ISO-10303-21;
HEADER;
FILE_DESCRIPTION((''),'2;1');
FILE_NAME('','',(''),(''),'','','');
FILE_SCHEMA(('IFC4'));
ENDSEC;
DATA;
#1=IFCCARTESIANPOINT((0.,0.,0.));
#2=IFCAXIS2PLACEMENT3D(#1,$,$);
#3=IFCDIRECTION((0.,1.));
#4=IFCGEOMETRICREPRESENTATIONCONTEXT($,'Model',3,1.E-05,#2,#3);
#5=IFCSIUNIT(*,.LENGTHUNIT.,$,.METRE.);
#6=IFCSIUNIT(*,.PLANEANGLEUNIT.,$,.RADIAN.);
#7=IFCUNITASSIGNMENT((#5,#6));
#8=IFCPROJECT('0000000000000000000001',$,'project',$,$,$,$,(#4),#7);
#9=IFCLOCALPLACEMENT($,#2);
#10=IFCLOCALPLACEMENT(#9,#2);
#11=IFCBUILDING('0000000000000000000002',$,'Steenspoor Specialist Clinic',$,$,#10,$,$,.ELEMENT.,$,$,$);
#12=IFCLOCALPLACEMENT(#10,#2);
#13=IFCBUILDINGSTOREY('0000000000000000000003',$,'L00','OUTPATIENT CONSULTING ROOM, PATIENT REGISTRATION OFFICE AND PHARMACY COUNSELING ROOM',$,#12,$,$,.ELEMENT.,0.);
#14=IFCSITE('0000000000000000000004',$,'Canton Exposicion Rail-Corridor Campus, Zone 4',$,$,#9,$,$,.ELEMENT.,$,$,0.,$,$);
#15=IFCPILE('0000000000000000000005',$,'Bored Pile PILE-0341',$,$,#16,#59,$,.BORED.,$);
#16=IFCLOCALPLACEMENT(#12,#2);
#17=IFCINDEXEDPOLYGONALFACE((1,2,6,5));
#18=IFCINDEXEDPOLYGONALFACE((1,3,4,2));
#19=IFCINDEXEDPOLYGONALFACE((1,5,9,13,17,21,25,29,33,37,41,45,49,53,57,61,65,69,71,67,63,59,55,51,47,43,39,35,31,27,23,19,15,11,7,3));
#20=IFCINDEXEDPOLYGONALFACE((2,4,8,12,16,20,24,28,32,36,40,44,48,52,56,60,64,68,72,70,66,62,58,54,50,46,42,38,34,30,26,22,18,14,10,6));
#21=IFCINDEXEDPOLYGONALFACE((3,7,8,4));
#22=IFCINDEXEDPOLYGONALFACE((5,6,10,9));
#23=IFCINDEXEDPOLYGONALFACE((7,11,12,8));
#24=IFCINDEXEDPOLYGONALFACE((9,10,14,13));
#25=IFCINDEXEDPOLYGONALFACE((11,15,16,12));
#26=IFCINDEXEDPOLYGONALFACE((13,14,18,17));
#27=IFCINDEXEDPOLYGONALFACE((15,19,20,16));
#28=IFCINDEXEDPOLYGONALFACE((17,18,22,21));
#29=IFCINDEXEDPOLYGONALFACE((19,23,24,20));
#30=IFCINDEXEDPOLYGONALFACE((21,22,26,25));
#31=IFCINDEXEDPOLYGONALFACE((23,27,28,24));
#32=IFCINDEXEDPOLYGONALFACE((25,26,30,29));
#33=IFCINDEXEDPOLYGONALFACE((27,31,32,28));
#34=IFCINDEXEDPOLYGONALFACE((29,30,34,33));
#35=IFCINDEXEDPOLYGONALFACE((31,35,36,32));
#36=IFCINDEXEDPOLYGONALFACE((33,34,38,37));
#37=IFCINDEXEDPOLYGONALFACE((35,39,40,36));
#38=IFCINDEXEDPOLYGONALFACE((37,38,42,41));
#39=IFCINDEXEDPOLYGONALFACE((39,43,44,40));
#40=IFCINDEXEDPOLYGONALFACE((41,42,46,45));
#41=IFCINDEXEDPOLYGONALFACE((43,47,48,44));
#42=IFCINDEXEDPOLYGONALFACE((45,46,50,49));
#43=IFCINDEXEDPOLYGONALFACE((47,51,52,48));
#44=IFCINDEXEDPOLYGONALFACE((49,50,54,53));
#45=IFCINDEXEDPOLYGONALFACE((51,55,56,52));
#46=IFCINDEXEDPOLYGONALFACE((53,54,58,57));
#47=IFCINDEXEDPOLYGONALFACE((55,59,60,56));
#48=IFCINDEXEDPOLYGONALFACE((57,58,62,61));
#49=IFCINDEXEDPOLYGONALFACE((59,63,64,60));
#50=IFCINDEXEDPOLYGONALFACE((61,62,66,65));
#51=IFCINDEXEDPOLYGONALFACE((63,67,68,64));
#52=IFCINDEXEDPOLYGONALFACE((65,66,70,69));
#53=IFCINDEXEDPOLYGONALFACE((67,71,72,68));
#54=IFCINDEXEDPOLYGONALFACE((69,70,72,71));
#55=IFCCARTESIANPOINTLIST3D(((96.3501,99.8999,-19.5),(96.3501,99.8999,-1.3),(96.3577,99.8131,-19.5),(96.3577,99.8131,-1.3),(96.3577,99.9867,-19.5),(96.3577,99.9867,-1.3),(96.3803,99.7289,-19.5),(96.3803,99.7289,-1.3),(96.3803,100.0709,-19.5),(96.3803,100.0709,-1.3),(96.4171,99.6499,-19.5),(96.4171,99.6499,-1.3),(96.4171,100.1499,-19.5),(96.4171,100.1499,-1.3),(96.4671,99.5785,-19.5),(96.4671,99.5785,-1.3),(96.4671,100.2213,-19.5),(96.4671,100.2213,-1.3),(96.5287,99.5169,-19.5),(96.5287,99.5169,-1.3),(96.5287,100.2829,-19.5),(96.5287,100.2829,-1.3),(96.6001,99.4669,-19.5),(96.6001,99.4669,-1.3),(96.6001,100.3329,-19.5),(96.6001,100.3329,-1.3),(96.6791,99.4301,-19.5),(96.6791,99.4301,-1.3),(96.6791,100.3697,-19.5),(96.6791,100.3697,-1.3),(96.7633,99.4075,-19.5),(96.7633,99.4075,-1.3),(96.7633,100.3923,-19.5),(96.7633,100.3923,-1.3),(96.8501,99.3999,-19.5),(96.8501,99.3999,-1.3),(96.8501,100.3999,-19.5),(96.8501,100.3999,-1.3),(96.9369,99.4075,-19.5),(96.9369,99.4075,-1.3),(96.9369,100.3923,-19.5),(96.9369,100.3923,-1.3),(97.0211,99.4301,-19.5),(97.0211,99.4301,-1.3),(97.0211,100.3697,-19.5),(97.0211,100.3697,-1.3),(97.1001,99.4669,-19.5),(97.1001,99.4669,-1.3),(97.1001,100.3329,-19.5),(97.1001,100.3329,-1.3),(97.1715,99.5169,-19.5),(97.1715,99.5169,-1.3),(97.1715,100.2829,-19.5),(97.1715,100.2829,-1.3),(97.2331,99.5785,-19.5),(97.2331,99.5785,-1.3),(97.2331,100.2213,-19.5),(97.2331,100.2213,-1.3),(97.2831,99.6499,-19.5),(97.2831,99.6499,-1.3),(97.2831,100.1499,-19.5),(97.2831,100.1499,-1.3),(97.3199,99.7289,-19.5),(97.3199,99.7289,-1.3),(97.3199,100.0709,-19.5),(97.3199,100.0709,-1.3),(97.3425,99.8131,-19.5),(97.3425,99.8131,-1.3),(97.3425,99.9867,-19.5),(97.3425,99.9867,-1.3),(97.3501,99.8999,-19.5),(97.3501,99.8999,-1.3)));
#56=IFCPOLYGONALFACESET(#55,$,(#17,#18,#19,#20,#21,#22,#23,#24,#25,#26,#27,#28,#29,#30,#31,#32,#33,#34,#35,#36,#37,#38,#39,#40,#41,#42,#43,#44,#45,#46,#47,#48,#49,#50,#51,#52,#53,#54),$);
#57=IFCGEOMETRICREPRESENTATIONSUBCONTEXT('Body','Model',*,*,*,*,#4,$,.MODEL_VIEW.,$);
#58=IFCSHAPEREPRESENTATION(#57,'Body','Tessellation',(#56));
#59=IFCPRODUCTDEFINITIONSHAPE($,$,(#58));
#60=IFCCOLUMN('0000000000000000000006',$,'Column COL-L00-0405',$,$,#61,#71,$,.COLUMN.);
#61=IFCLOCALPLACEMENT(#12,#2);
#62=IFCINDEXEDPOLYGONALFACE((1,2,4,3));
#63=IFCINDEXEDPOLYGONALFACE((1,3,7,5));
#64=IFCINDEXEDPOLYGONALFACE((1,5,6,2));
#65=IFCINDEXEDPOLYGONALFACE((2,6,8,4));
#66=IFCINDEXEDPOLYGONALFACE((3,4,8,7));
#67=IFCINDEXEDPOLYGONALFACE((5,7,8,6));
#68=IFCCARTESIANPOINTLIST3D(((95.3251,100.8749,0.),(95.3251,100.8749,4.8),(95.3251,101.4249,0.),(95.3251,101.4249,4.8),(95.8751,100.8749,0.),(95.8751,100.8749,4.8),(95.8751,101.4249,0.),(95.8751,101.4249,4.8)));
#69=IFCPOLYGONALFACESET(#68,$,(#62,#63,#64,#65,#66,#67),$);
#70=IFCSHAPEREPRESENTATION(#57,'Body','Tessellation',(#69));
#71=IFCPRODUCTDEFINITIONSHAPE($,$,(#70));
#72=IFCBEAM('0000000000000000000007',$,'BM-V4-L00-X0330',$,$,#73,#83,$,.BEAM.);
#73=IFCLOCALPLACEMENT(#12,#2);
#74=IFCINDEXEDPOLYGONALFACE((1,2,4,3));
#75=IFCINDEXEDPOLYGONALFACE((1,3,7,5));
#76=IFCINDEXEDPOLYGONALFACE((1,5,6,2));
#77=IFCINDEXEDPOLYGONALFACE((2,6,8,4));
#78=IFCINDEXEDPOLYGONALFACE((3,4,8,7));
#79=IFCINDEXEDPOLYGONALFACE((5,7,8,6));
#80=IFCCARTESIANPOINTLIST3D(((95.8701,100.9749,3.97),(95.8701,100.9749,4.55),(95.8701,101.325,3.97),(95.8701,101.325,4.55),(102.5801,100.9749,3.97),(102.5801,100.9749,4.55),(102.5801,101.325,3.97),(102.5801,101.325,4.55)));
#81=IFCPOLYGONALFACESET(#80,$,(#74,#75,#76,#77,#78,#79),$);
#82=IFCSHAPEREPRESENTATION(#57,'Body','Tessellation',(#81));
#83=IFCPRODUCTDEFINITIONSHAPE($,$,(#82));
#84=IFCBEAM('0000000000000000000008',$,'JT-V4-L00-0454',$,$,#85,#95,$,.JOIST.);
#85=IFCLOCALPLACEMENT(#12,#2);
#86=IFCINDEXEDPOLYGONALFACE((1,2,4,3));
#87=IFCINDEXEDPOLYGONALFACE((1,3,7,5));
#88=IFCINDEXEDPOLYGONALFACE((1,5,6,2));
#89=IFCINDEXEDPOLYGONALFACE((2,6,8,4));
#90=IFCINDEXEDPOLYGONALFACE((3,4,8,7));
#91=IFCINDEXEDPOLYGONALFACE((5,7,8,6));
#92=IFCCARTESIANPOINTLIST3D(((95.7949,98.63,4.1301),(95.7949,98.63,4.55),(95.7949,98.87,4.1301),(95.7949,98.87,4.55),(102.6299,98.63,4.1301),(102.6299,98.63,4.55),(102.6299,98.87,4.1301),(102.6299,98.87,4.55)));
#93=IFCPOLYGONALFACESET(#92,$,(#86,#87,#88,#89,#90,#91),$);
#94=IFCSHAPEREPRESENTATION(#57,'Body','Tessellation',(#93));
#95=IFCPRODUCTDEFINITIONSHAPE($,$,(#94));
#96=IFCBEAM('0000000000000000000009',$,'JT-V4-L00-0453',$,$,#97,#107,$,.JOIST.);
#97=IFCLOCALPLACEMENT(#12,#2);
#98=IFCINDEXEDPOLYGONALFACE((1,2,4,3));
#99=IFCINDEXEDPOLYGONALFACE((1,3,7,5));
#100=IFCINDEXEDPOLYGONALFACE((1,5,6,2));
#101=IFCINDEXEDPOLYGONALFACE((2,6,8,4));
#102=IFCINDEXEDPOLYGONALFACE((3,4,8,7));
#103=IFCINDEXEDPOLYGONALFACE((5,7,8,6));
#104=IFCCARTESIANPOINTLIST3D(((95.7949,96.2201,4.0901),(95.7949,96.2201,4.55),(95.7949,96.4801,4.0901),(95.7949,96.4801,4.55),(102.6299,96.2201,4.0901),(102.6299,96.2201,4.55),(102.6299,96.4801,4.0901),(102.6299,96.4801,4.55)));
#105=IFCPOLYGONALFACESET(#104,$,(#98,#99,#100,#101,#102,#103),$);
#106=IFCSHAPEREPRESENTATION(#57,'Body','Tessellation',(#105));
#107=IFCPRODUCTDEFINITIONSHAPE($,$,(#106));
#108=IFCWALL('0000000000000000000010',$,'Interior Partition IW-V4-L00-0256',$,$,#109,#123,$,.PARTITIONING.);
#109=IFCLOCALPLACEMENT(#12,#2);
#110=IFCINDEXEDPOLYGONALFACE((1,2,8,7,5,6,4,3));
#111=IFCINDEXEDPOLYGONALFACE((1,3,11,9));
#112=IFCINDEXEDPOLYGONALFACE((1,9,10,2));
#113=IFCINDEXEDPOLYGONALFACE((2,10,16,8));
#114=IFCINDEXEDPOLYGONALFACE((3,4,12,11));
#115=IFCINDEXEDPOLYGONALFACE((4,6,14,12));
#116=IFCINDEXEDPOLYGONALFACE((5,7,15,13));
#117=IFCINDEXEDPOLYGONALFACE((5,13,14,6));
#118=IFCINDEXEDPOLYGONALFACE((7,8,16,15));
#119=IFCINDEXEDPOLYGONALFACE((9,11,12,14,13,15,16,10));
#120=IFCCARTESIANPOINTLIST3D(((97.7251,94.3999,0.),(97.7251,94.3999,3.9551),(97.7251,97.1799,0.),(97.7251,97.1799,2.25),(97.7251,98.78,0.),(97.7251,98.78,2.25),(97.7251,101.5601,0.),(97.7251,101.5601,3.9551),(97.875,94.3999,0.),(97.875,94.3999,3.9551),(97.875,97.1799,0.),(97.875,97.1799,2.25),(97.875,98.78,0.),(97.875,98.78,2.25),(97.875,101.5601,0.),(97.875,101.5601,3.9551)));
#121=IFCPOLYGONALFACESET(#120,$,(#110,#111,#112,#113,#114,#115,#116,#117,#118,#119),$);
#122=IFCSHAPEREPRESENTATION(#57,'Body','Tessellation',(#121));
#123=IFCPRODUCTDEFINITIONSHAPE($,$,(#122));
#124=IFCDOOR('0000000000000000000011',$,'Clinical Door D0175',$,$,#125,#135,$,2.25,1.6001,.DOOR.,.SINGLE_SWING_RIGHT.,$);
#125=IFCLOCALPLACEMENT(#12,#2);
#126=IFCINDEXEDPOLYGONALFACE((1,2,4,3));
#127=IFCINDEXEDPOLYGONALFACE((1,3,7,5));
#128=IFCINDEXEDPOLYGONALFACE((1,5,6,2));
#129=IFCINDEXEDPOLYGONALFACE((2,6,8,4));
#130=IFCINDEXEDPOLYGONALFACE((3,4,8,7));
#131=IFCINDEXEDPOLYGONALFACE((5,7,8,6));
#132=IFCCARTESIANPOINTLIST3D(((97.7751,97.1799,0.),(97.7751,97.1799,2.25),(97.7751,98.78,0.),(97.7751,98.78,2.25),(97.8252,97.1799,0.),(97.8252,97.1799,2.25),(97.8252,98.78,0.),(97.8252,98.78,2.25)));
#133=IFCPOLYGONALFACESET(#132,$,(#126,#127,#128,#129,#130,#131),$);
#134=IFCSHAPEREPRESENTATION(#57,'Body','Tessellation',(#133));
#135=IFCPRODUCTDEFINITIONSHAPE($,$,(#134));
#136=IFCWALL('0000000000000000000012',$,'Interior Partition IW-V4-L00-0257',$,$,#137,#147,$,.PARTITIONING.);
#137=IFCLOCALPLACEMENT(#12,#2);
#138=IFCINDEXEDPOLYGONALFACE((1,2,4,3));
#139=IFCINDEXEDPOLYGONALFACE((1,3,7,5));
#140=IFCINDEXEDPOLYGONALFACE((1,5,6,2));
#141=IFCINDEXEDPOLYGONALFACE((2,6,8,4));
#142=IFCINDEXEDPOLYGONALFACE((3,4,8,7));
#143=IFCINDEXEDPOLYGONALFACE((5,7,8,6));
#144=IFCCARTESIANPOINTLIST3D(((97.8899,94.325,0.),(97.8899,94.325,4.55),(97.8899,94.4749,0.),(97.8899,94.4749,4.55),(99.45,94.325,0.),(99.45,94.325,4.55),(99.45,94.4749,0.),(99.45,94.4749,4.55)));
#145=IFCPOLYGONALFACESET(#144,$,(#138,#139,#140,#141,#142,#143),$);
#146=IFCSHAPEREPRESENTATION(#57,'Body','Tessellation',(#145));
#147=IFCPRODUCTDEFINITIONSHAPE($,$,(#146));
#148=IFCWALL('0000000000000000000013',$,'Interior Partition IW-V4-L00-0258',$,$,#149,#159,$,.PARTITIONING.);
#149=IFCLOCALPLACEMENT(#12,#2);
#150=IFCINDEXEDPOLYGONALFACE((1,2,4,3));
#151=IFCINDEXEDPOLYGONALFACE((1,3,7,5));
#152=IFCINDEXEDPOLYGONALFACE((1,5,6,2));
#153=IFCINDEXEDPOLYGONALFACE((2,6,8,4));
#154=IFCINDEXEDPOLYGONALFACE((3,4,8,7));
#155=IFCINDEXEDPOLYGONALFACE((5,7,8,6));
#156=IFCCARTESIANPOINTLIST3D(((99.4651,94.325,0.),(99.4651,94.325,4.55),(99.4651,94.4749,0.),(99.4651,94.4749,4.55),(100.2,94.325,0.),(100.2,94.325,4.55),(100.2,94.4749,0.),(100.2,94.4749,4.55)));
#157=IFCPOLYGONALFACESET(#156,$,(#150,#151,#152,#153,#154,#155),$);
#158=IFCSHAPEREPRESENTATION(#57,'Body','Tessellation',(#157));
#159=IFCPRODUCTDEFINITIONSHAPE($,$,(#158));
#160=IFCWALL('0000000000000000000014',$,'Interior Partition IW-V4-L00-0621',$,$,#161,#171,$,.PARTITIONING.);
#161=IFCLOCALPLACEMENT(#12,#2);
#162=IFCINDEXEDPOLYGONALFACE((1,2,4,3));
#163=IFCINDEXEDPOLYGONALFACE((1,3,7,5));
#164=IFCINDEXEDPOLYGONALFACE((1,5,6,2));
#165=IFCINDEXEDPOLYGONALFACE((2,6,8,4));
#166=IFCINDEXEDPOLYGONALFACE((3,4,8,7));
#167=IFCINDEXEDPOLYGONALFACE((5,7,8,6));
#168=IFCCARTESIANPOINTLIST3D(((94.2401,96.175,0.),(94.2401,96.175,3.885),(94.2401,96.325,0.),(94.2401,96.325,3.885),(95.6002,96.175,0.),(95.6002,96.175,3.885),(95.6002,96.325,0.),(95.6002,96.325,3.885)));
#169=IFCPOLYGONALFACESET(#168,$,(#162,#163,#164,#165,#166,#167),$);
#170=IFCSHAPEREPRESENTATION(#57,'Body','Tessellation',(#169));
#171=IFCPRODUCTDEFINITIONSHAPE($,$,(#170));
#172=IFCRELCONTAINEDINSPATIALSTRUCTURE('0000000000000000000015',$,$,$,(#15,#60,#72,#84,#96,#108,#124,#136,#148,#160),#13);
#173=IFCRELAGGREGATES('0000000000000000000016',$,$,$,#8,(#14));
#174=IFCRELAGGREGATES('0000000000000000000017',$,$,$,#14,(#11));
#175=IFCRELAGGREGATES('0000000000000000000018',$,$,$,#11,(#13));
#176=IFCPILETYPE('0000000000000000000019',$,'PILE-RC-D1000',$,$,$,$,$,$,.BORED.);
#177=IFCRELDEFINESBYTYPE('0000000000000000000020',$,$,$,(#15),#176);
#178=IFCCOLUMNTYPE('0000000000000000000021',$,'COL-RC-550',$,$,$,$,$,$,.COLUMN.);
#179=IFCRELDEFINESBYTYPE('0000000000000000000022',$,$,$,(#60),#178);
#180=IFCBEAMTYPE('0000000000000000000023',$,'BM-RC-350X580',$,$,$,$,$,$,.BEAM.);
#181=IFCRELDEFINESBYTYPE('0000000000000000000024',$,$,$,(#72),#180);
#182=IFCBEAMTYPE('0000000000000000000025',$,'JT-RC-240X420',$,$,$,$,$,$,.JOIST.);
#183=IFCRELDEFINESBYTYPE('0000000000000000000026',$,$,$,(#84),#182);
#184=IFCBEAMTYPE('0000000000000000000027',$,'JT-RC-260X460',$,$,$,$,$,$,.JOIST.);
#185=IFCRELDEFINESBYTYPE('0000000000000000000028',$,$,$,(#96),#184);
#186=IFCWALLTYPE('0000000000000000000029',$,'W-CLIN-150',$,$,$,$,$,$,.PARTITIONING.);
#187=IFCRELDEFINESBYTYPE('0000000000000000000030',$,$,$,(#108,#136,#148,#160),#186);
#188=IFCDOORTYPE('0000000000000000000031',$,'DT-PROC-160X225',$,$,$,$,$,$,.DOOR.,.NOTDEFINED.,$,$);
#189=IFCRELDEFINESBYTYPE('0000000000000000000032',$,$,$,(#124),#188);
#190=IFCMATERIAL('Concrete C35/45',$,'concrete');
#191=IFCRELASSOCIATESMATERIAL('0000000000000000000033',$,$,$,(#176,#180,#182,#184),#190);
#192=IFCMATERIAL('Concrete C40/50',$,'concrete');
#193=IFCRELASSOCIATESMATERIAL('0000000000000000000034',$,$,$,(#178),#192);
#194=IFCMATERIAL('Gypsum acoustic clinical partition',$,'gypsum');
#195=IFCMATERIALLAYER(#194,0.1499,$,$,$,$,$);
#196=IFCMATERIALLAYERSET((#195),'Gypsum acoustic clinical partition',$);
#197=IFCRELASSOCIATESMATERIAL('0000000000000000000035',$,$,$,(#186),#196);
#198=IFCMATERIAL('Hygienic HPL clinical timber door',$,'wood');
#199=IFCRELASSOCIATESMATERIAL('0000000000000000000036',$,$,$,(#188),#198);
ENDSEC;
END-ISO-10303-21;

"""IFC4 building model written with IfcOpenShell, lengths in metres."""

from ifc_helpers import new_model, si_unit, direction, frame, frame_2d, origin, origin_2d, place, context, subcontext, project, spatial, rectangle, circle, extrude, material, layer, layer_set, material_profile, profile_set, type_object, element, fill, save


model = new_model("IFC4")

# Units and contexts
model_context = context("Model", 3, precision=1e-05, world=origin(), true_north=direction((0.0, 1.0)))
body_context = subcontext(model_context, "Body", "Model", "MODEL_VIEW")
ifc_project = project(units=[si_unit("LENGTHUNIT", "METRE"), si_unit("PLANEANGLEUNIT", "RADIAN")], contexts=[model_context])

# Site, building, storey
site_placement = place(None, origin())
site = spatial("IfcSite", under=ifc_project, at=site_placement, Name="Canton Exposicion Rail-Corridor Campus, Zone 4", CompositionType="ELEMENT", RefElevation=0.0)
building_placement = place(site_placement, origin())
building = spatial("IfcBuilding", under=site, at=building_placement, Name="Steenspoor Specialist Clinic", CompositionType="ELEMENT")
storey_placement = place(building_placement, origin())
storey = spatial("IfcBuildingStorey", under=building, at=storey_placement, Name="L00", Description="OUTPATIENT CONSULTING ROOM, PATIENT REGISTRATION OFFICE AND PHARMACY COUNSELING ROOM", CompositionType="ELEMENT", Elevation=0.0)

# Shared definitions
ifc_material_1 = material(Name="Concrete C35/45", Category="concrete")

# Pile
ifc_material_profile_1 = material_profile(ifc_material_1, circle(Radius=0.5, at=origin_2d()), Name="PILE-D1000")
ifc_profile_set_1 = profile_set([ifc_material_profile_1], Name="Concrete C35/45")
pile_type = type_object("IfcPileType", Name="PILE-RC-D1000", PredefinedType="BORED", material=ifc_profile_set_1)
for number, where, z_axis, x_axis, name in (
    (1, (96.8501, 99.8999, -1.3), (0.0, 0.0, -1.0), (1.0, 0.0, 0.0), "Bored Pile PILE-0341"),
):
    element("IfcPile", number, at=place(storey_placement, frame(where, z_axis=z_axis, x_axis=x_axis)), inside=storey, type_object=pile_type, Name=name, PredefinedType="BORED", context=body_context, shape_type="SweptSolid", body=[
        extrude(circle(Radius=0.5, at=origin_2d()), origin(), (0.0, 0.0, 1.0), 18.2),
    ])

# Column
ifc_material_2 = material(Name="Concrete C40/50", Category="concrete")
ifc_material_profile_2 = material_profile(ifc_material_2, rectangle(XDim=0.55, YDim=0.55, at=origin_2d()), Name="RC-COL-550X550")
ifc_profile_set_2 = profile_set([ifc_material_profile_2], Name="Concrete C40/50")
column_type = type_object("IfcColumnType", Name="COL-RC-550", PredefinedType="COLUMN", material=ifc_profile_set_2)
column_placement = place(storey_placement, frame((95.6001, 101.1499, 0.0), z_axis=(0.0, 0.0, 1.0), x_axis=(1.0, 0.0, 0.0)))
element("IfcColumn", 2, at=column_placement, inside=storey, type_object=column_type, Name="Column COL-L00-0405", PredefinedType="COLUMN", context=body_context, shape_type="SweptSolid", body=[
    extrude(rectangle(XDim=0.55, YDim=0.55, at=origin_2d()), origin(), (0.0, 0.0, 1.0), 4.8),
])

# Beams
ifc_material_profile_3 = material_profile(ifc_material_1, rectangle(XDim=0.3501, YDim=0.5801, at=origin_2d()), Name="RC-BM-350X580")
ifc_profile_set_3 = profile_set([ifc_material_profile_3], Name="Concrete C35/45")
beam_type_1 = type_object("IfcBeamType", Name="BM-RC-350X580", PredefinedType="BEAM", material=ifc_profile_set_3)
beam_1_placement = place(storey_placement, frame((95.8701, 101.1499, 4.26), z_axis=(1.0, 0.0, 0.0), x_axis=(0.0, 1.0, 0.0)))
element("IfcBeam", 3, at=beam_1_placement, inside=storey, type_object=beam_type_1, Name="BM-V4-L00-X0330", PredefinedType="BEAM", context=body_context, shape_type="SweptSolid", body=[
    extrude(rectangle(XDim=0.3501, YDim=0.5801, at=origin_2d()), origin(), (0.0, 0.0, 1.0), 6.71),
])
ifc_material_profile_4 = material_profile(ifc_material_1, rectangle(XDim=0.24, YDim=0.4199, at=origin_2d()), Name="RC-JT-240X420")
ifc_profile_set_4 = profile_set([ifc_material_profile_4], Name="Concrete C35/45")
beam_type_2 = type_object("IfcBeamType", Name="JT-RC-240X420", PredefinedType="JOIST", material=ifc_profile_set_4)
beam_2_placement = place(storey_placement, frame((95.7949, 98.75, 4.3401), z_axis=(1.0, 0.0, 0.0), x_axis=(0.0, 1.0, 0.0)))
element("IfcBeam", 4, at=beam_2_placement, inside=storey, type_object=beam_type_2, Name="JT-V4-L00-0454", PredefinedType="JOIST", context=body_context, shape_type="SweptSolid", body=[
    extrude(rectangle(XDim=0.24, YDim=0.4199, at=origin_2d()), origin(), (0.0, 0.0, 1.0), 6.835),
])
ifc_material_profile_5 = material_profile(ifc_material_1, rectangle(XDim=0.26, YDim=0.46, at=origin_2d()), Name="RC-JT-260X460")
ifc_profile_set_5 = profile_set([ifc_material_profile_5], Name="Concrete C35/45")
beam_type_3 = type_object("IfcBeamType", Name="JT-RC-260X460", PredefinedType="JOIST", material=ifc_profile_set_5)
beam_3_placement = place(storey_placement, frame((95.7949, 96.3501, 4.3201), z_axis=(1.0, 0.0, 0.0), x_axis=(0.0, 1.0, 0.0)))
element("IfcBeam", 5, at=beam_3_placement, inside=storey, type_object=beam_type_3, Name="JT-V4-L00-0453", PredefinedType="JOIST", context=body_context, shape_type="SweptSolid", body=[
    extrude(rectangle(XDim=0.26, YDim=0.46, at=origin_2d()), origin(), (0.0, 0.0, 1.0), 6.835),
])

# Wall, opening, door
ifc_material_3 = material(Name="Gypsum acoustic clinical partition", Category="gypsum")
ifc_layer_1 = layer(ifc_material_3, 0.1499)
ifc_layer_set_1 = layer_set([ifc_layer_1], Name="Gypsum acoustic clinical partition")
wall_type_1 = type_object("IfcWallType", Name="W-CLIN-150", PredefinedType="PARTITIONING", material=ifc_layer_set_1)
wall_1_placement = place(storey_placement, frame((97.8, 94.3999, 0.0), z_axis=(0.0, 0.0, 1.0), x_axis=(0.0, 1.0, 0.0)))
wall_1 = element("IfcWall", 6, at=wall_1_placement, inside=storey, type_object=wall_type_1, Name="Interior Partition IW-V4-L00-0256", PredefinedType="PARTITIONING", context=body_context, shape_type="SweptSolid", body=[
    extrude(rectangle(XDim=7.1602, YDim=0.1499, at=frame_2d((3.5801, 0.0))), origin(), (0.0, 0.0, 1.0), 3.9551),
])
opening_placement = place(wall_1_placement, frame((2.78, 0.0, 0.0)))
opening = element("IfcOpeningElement", 7, at=opening_placement, cuts=wall_1, PredefinedType="OPENING", context=body_context, shape_type="SweptSolid", body=[
    extrude(rectangle(XDim=1.6001, YDim=2.25, at=frame_2d((0.8, 1.125))), frame((0.0, 0.085, 0.0), z_axis=(0.0, -1.0, 0.0), x_axis=(1.0, 0.0, 0.0)), (0.0, 0.0, 1.0), 0.1699),
])
ifc_material_4 = material(Name="Hygienic HPL clinical timber door", Category="wood")
door_type = type_object("IfcDoorType", Name="DT-PROC-160X225", OperationType="NOTDEFINED", PredefinedType="DOOR", material=ifc_material_4)
door_placement = place(opening_placement, origin())
door = element("IfcDoor", 8, at=door_placement, inside=storey, type_object=door_type, Name="Clinical Door D0175", OperationType="SINGLE_SWING_RIGHT", OverallHeight=2.25, OverallWidth=1.6001, PredefinedType="DOOR", context=body_context, shape_type="SweptSolid", body=[
    extrude(rectangle(XDim=1.6001, YDim=2.25, at=frame_2d((0.8, 1.125))), frame((0.0, 0.0249, 0.0), z_axis=(0.0, -1.0, 0.0), x_axis=(1.0, 0.0, 0.0)), (0.0, 0.0, 1.0), 0.05),
])
fill(opening, door)

# Walls
wall_2_placement = place(storey_placement, frame((97.8899, 94.3999, 0.0), z_axis=(0.0, 0.0, 1.0), x_axis=(1.0, 0.0, 0.0)))
element("IfcWall", 9, at=wall_2_placement, inside=storey, type_object=wall_type_1, Name="Interior Partition IW-V4-L00-0257", PredefinedType="PARTITIONING", context=body_context, shape_type="SweptSolid", body=[
    extrude(rectangle(XDim=1.5601, YDim=0.1499, at=frame_2d((0.78, 0.0))), origin(), (0.0, 0.0, 1.0), 4.55),
])
wall_3_placement = place(storey_placement, frame((99.4651, 94.3999, 0.0), z_axis=(0.0, 0.0, 1.0), x_axis=(1.0, 0.0, 0.0)))
element("IfcWall", 10, at=wall_3_placement, inside=storey, type_object=wall_type_1, Name="Interior Partition IW-V4-L00-0258", PredefinedType="PARTITIONING", context=body_context, shape_type="SweptSolid", body=[
    extrude(rectangle(XDim=0.7349, YDim=0.1499, at=frame_2d((0.3674, 0.0))), origin(), (0.0, 0.0, 1.0), 4.55),
])
wall_4_placement = place(storey_placement, frame((94.24, 96.25, 0.0), z_axis=(0.0, 0.0, 1.0), x_axis=(1.0, 0.0, 0.0)))
element("IfcWall", 11, at=wall_4_placement, inside=storey, type_object=wall_type_1, Name="Interior Partition IW-V4-L00-0621", PredefinedType="PARTITIONING", context=body_context, shape_type="SweptSolid", body=[
    extrude(rectangle(XDim=1.3601, YDim=0.1499, at=frame_2d((0.6802, 0.0))), origin(), (0.0, 0.0, 1.0), 3.885),
])

save(model, "model.ifc")
